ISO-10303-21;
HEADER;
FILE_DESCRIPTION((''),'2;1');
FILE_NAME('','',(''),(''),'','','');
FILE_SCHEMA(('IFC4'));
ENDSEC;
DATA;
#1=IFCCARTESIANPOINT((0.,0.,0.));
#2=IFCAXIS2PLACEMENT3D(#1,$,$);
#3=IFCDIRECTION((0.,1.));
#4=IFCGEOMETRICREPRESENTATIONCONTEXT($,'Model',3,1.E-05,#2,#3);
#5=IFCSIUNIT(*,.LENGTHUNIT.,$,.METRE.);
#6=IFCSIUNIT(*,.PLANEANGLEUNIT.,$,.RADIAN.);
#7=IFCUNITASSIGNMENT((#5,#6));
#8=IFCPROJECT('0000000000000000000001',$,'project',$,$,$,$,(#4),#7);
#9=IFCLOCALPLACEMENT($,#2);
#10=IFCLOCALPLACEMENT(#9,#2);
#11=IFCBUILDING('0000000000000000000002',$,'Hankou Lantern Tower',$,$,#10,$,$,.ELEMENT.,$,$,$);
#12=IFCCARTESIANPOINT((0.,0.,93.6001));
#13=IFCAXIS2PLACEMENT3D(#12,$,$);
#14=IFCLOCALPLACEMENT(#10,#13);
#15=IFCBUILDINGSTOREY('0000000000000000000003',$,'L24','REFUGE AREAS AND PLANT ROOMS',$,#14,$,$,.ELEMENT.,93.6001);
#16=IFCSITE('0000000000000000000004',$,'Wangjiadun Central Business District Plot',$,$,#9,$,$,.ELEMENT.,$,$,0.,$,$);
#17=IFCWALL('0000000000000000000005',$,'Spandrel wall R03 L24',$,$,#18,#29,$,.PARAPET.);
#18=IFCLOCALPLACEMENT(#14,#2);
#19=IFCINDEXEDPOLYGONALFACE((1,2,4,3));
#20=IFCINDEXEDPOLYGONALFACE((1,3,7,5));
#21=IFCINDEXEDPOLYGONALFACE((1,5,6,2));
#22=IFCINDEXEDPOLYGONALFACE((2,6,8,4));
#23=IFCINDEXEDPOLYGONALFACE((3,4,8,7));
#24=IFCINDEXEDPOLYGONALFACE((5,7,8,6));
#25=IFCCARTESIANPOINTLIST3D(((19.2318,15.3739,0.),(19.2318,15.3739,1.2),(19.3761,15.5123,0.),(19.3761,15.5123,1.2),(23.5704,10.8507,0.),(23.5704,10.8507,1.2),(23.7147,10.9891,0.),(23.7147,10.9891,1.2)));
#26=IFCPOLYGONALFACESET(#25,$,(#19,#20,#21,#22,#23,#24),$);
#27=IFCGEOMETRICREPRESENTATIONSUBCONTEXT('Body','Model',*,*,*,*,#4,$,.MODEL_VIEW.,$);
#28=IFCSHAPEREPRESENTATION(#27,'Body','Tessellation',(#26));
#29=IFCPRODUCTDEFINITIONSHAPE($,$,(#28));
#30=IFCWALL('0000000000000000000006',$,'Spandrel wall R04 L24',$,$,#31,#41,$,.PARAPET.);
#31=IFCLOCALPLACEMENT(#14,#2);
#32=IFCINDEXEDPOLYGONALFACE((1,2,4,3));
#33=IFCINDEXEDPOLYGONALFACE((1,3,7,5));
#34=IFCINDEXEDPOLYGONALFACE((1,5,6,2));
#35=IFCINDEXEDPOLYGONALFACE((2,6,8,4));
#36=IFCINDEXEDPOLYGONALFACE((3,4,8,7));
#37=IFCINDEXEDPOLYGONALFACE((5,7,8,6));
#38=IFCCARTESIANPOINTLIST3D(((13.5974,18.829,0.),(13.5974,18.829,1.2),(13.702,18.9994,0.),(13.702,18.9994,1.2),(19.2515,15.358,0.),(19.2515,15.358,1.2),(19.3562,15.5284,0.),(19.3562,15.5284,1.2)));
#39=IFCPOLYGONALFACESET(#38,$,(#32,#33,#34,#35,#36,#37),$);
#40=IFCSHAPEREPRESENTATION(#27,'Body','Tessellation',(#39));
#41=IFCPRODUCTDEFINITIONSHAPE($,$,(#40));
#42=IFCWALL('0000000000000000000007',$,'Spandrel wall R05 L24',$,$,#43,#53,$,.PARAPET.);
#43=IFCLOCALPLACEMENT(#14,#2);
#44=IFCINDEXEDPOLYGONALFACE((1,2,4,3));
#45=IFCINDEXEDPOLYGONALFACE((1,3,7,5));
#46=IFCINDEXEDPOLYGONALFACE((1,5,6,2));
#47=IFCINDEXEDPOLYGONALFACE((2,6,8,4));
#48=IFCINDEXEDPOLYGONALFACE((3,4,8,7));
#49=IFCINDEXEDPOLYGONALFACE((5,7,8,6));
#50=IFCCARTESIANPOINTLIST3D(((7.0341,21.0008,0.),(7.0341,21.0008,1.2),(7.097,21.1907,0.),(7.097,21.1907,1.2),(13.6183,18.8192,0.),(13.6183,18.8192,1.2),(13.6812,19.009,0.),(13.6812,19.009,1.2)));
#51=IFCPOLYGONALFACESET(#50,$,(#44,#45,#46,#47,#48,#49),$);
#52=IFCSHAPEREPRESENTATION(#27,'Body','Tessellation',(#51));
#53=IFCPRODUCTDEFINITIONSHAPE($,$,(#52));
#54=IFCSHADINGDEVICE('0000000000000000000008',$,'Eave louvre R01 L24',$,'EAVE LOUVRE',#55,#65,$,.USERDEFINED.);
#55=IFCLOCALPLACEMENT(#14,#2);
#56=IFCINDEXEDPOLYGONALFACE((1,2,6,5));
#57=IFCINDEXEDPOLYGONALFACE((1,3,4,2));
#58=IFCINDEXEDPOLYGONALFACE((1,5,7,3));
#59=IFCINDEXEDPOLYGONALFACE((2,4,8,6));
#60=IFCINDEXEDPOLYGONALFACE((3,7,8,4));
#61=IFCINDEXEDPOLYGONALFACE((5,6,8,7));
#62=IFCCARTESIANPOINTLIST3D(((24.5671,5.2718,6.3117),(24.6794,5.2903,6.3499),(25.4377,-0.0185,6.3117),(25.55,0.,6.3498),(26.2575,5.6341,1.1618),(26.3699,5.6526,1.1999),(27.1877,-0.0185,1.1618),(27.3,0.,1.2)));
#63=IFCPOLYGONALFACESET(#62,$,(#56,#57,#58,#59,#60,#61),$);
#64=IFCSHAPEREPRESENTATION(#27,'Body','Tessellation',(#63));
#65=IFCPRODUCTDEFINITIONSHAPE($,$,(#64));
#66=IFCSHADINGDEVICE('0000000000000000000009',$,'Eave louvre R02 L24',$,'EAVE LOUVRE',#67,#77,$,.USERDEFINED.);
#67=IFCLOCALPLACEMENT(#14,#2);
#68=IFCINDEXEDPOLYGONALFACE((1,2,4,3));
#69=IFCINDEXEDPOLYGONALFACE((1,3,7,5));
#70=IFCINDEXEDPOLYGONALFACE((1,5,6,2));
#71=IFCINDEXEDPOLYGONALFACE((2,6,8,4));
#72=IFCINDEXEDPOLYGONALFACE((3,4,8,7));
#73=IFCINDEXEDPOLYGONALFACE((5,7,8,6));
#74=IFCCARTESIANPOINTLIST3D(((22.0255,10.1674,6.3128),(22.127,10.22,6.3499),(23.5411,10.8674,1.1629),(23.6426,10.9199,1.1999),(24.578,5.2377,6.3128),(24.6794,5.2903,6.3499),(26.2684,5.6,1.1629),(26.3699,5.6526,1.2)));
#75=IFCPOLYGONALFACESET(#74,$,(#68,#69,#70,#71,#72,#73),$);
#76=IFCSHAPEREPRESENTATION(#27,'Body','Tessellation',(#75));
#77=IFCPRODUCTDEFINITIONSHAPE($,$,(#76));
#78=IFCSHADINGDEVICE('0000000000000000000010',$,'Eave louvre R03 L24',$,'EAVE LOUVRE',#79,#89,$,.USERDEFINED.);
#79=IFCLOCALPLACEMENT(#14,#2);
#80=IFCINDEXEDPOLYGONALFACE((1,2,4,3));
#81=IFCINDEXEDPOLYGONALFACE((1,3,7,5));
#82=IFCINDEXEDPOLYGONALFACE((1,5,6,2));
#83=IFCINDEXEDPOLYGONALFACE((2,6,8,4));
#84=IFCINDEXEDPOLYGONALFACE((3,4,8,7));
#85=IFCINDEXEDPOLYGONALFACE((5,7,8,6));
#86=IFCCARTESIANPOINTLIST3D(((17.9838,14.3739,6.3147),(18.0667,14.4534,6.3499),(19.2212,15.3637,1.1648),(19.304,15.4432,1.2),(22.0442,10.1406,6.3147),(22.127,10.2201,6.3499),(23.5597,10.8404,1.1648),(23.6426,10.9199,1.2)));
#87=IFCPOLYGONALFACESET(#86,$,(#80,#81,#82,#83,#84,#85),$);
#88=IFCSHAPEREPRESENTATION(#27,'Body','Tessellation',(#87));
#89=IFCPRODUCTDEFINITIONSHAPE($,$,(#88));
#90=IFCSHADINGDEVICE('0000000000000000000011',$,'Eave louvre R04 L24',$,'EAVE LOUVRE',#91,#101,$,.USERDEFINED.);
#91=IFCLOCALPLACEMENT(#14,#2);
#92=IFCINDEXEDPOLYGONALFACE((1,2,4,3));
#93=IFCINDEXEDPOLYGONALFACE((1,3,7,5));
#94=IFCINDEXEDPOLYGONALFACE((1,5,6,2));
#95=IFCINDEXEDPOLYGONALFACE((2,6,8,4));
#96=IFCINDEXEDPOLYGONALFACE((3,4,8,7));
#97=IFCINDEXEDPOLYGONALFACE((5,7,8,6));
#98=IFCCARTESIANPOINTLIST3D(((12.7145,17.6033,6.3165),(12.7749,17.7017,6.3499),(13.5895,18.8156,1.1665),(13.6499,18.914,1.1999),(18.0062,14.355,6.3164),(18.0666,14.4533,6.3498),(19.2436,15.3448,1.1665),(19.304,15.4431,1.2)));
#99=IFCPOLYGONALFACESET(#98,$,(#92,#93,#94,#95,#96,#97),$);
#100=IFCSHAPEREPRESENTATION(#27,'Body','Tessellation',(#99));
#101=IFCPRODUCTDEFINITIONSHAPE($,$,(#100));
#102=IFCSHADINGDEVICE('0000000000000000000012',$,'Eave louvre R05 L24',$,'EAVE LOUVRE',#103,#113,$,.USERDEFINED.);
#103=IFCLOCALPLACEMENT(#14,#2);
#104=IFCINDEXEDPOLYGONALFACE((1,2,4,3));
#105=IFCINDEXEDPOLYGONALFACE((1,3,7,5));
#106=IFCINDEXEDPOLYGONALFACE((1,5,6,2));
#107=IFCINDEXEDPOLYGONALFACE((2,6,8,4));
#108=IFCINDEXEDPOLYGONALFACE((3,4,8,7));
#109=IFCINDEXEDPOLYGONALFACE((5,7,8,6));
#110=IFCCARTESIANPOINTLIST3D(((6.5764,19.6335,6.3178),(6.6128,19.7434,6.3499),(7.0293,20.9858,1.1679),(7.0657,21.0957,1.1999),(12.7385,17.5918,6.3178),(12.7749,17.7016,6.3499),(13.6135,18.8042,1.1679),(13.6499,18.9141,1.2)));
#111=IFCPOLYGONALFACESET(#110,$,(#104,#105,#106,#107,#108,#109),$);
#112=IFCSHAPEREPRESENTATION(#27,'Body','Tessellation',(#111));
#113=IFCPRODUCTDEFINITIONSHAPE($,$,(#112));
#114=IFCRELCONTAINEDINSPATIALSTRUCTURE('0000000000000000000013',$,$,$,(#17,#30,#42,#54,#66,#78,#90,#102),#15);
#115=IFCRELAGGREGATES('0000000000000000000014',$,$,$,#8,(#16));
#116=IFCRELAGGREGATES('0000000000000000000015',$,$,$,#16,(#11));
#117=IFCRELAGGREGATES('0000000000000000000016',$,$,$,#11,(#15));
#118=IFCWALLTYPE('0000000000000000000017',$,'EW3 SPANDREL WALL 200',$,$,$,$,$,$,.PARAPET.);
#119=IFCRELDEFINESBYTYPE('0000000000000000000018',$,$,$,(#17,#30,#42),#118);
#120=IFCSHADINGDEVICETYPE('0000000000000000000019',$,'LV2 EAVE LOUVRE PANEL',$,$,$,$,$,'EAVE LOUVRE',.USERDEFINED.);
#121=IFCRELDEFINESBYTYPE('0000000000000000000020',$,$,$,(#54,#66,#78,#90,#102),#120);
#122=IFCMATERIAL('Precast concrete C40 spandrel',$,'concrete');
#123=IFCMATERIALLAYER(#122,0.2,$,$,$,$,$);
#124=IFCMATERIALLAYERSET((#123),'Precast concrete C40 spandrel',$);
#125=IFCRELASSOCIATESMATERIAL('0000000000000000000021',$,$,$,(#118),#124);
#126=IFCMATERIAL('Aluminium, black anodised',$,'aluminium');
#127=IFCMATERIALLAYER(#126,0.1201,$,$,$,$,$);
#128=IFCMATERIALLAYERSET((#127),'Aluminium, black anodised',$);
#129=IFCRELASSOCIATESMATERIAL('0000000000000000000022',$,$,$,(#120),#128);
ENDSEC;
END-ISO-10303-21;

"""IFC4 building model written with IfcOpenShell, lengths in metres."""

from ifc_helpers import new_model, si_unit, direction, frame, frame_2d, origin, place, context, subcontext, project, spatial, polyline, rectangle, outline, extrude, material, layer, layer_set, type_object, element, save


model = new_model("IFC4")

# Units and contexts
model_context = context("Model", 3, precision=1e-05, world=origin(), true_north=direction((0.0, 1.0)))
body_context = subcontext(model_context, "Body", "Model", "MODEL_VIEW")
ifc_project = project(units=[si_unit("LENGTHUNIT", "METRE"), si_unit("PLANEANGLEUNIT", "RADIAN")], contexts=[model_context])

# Site, building, storey
site_placement = place(None, origin())
site = spatial("IfcSite", under=ifc_project, at=site_placement, Name="Wangjiadun Central Business District Plot", CompositionType="ELEMENT", RefElevation=0.0)
building_placement = place(site_placement, origin())
building = spatial("IfcBuilding", under=site, at=building_placement, Name="Hankou Lantern Tower", CompositionType="ELEMENT")
storey_placement = place(building_placement, frame((0.0, 0.0, 93.6001)))
storey = spatial("IfcBuildingStorey", under=building, at=storey_placement, Name="L24", Description="REFUGE AREAS AND PLANT ROOMS", CompositionType="ELEMENT", Elevation=93.6001)

# Walls
ifc_material_1 = material(Name="Precast concrete C40 spandrel", Category="concrete")
ifc_layer_1 = layer(ifc_material_1, 0.2)
ifc_layer_set_1 = layer_set([ifc_layer_1], Name="Precast concrete C40 spandrel")
wall_type_1 = type_object("IfcWallType", Name="EW3 SPANDREL WALL 200", PredefinedType="PARAPET", material=ifc_layer_set_1)
wall_1_placement = place(storey_placement, frame((23.6426, 10.9199, 0.0), z_axis=(0.0, 0.0, 1.0), x_axis=(-0.692229, 0.721678, 0.0)))
element("IfcWall", 1, at=wall_1_placement, inside=storey, type_object=wall_type_1, Name="Spandrel wall R03 L24", PredefinedType="PARAPET", context=body_context, shape_type="SweptSolid", body=[
    extrude(rectangle(XDim=6.2676, YDim=0.2, at=frame_2d((3.1338, 0.0))), origin(), (0.0, 0.0, 1.0), 1.2),
])
wall_2_placement = place(storey_placement, frame((19.304, 15.4431, 0.0), z_axis=(0.0, 0.0, 1.0), x_axis=(-0.852228, 0.523171, 0.0)))
element("IfcWall", 2, at=wall_2_placement, inside=storey, type_object=wall_type_1, Name="Spandrel wall R04 L24", PredefinedType="PARAPET", context=body_context, shape_type="SweptSolid", body=[
    extrude(rectangle(XDim=6.6345, YDim=0.2, at=frame_2d((3.3174, 0.0))), origin(), (0.0, 0.0, 1.0), 1.2),
])
wall_3_placement = place(storey_placement, frame((13.6499, 18.9141, 0.0), z_axis=(0.0, 0.0, 1.0), x_axis=(-0.949248, 0.314527, 0.0)))
element("IfcWall", 3, at=wall_3_placement, inside=storey, type_object=wall_type_1, Name="Spandrel wall R05 L24", PredefinedType="PARAPET", context=body_context, shape_type="SweptSolid", body=[
    extrude(rectangle(XDim=6.9363, YDim=0.2, at=frame_2d((3.4683, 0.0))), origin(), (0.0, 0.0, 1.0), 1.2),
])

# Shading devices
ifc_material_2 = material(Name="Aluminium, black anodised", Category="aluminium")
ifc_layer_2 = layer(ifc_material_2, 0.1201)
ifc_layer_set_2 = layer_set([ifc_layer_2], Name="Aluminium, black anodised")
shading_device_type = type_object("IfcShadingDeviceType", Name="LV2 EAVE LOUVRE PANEL", ElementType="EAVE LOUVRE", PredefinedType="USERDEFINED", material=ifc_layer_set_2)
shading_device_1_placement = place(storey_placement, frame((27.3, 0.0, 1.2), z_axis=(0.935537, 0.153954, 0.317912), x_axis=(-0.162378, 0.986729, -0.000001)))
element("IfcShadingDevice", 4, at=shading_device_1_placement, inside=storey, type_object=shading_device_type, Name="Eave louvre R01 L24", ObjectType="EAVE LOUVRE", PredefinedType="USERDEFINED", context=body_context, shape_type="SweptSolid", body=[
    extrude(outline(polyline([(0.0, 0.0), (5.7286, 0.0), (5.6456, 5.4317), (0.2842, 5.4317), (0.0, 0.0)])), origin(), (0.0, 0.0, -1.0), 0.1201),
])
shading_device_2_placement = place(storey_placement, frame((26.3699, 5.6526, 1.2), z_axis=(0.844828, 0.437433, 0.308087), x_axis=(-0.459798, 0.888023, 0.0)))
element("IfcShadingDevice", 5, at=shading_device_2_placement, inside=storey, type_object=shading_device_type, Name="Eave louvre R02 L24", ObjectType="EAVE LOUVRE", PredefinedType="USERDEFINED", context=body_context, shape_type="SweptSolid", body=[
    extrude(outline(polyline([(0.0, 0.0), (5.9315, 0.0), (6.0068, 5.4132), (0.4555, 5.4132), (0.0, 0.0)])), origin(), (0.0, 0.0, -1.0), 0.1201),
])
shading_device_3_placement = place(storey_placement, frame((23.6426, 10.9199, 1.2), z_axis=(0.690018, 0.661834, 0.293003), x_axis=(-0.692216, 0.721691, 0.000006)))
element("IfcShadingDevice", 6, at=shading_device_3_placement, inside=storey, type_object=shading_device_type, Name="Eave louvre R03 L24", ObjectType="EAVE LOUVRE", PredefinedType="USERDEFINED", context=body_context, shape_type="SweptSolid", body=[
    extrude(outline(polyline([(0.0, 0.0), (6.2676, 0.0), (6.4098, 5.3863), (0.544, 5.3863), (0.0, 0.0)])), origin(), (0.0, 0.0, -1.0), 0.1201),
])
shading_device_4_placement = place(storey_placement, frame((19.304, 15.4431, 1.2), z_axis=(0.502522, 0.818621, 0.278084), x_axis=(-0.852235, 0.523158, -0.000004)))
element("IfcShadingDevice", 7, at=shading_device_4_placement, inside=storey, type_object=shading_device_type, Name="Eave louvre R04 L24", ObjectType="EAVE LOUVRE", PredefinedType="USERDEFINED", context=body_context, shape_type="SweptSolid", body=[
    extrude(outline(polyline([(0.0, 0.0), (6.6344, 0.0), (6.7458, 5.3614), (0.5367, 5.3613), (0.0, 0.0)])), origin(), (0.0, 0.0, -1.0), 0.1201),
])
shading_device_5_placement = place(storey_placement, frame((13.6499, 18.9141, 1.2), z_axis=(0.303118, 0.914821, 0.266873), x_axis=(-0.949249, 0.314526, 0.0)))
element("IfcShadingDevice", 8, at=shading_device_5_placement, inside=storey, type_object=shading_device_type, Name="Eave louvre R05 L24", ObjectType="EAVE LOUVRE", PredefinedType="USERDEFINED", context=body_context, shape_type="SweptSolid", body=[
    extrude(outline(polyline([(0.0, 0.0), (6.9363, 0.0), (6.9408, 5.3437), (0.4493, 5.3437), (0.0, 0.0)])), origin(), (0.0, 0.0, -1.0), 0.1201),
])

save(model, "model.ifc")
